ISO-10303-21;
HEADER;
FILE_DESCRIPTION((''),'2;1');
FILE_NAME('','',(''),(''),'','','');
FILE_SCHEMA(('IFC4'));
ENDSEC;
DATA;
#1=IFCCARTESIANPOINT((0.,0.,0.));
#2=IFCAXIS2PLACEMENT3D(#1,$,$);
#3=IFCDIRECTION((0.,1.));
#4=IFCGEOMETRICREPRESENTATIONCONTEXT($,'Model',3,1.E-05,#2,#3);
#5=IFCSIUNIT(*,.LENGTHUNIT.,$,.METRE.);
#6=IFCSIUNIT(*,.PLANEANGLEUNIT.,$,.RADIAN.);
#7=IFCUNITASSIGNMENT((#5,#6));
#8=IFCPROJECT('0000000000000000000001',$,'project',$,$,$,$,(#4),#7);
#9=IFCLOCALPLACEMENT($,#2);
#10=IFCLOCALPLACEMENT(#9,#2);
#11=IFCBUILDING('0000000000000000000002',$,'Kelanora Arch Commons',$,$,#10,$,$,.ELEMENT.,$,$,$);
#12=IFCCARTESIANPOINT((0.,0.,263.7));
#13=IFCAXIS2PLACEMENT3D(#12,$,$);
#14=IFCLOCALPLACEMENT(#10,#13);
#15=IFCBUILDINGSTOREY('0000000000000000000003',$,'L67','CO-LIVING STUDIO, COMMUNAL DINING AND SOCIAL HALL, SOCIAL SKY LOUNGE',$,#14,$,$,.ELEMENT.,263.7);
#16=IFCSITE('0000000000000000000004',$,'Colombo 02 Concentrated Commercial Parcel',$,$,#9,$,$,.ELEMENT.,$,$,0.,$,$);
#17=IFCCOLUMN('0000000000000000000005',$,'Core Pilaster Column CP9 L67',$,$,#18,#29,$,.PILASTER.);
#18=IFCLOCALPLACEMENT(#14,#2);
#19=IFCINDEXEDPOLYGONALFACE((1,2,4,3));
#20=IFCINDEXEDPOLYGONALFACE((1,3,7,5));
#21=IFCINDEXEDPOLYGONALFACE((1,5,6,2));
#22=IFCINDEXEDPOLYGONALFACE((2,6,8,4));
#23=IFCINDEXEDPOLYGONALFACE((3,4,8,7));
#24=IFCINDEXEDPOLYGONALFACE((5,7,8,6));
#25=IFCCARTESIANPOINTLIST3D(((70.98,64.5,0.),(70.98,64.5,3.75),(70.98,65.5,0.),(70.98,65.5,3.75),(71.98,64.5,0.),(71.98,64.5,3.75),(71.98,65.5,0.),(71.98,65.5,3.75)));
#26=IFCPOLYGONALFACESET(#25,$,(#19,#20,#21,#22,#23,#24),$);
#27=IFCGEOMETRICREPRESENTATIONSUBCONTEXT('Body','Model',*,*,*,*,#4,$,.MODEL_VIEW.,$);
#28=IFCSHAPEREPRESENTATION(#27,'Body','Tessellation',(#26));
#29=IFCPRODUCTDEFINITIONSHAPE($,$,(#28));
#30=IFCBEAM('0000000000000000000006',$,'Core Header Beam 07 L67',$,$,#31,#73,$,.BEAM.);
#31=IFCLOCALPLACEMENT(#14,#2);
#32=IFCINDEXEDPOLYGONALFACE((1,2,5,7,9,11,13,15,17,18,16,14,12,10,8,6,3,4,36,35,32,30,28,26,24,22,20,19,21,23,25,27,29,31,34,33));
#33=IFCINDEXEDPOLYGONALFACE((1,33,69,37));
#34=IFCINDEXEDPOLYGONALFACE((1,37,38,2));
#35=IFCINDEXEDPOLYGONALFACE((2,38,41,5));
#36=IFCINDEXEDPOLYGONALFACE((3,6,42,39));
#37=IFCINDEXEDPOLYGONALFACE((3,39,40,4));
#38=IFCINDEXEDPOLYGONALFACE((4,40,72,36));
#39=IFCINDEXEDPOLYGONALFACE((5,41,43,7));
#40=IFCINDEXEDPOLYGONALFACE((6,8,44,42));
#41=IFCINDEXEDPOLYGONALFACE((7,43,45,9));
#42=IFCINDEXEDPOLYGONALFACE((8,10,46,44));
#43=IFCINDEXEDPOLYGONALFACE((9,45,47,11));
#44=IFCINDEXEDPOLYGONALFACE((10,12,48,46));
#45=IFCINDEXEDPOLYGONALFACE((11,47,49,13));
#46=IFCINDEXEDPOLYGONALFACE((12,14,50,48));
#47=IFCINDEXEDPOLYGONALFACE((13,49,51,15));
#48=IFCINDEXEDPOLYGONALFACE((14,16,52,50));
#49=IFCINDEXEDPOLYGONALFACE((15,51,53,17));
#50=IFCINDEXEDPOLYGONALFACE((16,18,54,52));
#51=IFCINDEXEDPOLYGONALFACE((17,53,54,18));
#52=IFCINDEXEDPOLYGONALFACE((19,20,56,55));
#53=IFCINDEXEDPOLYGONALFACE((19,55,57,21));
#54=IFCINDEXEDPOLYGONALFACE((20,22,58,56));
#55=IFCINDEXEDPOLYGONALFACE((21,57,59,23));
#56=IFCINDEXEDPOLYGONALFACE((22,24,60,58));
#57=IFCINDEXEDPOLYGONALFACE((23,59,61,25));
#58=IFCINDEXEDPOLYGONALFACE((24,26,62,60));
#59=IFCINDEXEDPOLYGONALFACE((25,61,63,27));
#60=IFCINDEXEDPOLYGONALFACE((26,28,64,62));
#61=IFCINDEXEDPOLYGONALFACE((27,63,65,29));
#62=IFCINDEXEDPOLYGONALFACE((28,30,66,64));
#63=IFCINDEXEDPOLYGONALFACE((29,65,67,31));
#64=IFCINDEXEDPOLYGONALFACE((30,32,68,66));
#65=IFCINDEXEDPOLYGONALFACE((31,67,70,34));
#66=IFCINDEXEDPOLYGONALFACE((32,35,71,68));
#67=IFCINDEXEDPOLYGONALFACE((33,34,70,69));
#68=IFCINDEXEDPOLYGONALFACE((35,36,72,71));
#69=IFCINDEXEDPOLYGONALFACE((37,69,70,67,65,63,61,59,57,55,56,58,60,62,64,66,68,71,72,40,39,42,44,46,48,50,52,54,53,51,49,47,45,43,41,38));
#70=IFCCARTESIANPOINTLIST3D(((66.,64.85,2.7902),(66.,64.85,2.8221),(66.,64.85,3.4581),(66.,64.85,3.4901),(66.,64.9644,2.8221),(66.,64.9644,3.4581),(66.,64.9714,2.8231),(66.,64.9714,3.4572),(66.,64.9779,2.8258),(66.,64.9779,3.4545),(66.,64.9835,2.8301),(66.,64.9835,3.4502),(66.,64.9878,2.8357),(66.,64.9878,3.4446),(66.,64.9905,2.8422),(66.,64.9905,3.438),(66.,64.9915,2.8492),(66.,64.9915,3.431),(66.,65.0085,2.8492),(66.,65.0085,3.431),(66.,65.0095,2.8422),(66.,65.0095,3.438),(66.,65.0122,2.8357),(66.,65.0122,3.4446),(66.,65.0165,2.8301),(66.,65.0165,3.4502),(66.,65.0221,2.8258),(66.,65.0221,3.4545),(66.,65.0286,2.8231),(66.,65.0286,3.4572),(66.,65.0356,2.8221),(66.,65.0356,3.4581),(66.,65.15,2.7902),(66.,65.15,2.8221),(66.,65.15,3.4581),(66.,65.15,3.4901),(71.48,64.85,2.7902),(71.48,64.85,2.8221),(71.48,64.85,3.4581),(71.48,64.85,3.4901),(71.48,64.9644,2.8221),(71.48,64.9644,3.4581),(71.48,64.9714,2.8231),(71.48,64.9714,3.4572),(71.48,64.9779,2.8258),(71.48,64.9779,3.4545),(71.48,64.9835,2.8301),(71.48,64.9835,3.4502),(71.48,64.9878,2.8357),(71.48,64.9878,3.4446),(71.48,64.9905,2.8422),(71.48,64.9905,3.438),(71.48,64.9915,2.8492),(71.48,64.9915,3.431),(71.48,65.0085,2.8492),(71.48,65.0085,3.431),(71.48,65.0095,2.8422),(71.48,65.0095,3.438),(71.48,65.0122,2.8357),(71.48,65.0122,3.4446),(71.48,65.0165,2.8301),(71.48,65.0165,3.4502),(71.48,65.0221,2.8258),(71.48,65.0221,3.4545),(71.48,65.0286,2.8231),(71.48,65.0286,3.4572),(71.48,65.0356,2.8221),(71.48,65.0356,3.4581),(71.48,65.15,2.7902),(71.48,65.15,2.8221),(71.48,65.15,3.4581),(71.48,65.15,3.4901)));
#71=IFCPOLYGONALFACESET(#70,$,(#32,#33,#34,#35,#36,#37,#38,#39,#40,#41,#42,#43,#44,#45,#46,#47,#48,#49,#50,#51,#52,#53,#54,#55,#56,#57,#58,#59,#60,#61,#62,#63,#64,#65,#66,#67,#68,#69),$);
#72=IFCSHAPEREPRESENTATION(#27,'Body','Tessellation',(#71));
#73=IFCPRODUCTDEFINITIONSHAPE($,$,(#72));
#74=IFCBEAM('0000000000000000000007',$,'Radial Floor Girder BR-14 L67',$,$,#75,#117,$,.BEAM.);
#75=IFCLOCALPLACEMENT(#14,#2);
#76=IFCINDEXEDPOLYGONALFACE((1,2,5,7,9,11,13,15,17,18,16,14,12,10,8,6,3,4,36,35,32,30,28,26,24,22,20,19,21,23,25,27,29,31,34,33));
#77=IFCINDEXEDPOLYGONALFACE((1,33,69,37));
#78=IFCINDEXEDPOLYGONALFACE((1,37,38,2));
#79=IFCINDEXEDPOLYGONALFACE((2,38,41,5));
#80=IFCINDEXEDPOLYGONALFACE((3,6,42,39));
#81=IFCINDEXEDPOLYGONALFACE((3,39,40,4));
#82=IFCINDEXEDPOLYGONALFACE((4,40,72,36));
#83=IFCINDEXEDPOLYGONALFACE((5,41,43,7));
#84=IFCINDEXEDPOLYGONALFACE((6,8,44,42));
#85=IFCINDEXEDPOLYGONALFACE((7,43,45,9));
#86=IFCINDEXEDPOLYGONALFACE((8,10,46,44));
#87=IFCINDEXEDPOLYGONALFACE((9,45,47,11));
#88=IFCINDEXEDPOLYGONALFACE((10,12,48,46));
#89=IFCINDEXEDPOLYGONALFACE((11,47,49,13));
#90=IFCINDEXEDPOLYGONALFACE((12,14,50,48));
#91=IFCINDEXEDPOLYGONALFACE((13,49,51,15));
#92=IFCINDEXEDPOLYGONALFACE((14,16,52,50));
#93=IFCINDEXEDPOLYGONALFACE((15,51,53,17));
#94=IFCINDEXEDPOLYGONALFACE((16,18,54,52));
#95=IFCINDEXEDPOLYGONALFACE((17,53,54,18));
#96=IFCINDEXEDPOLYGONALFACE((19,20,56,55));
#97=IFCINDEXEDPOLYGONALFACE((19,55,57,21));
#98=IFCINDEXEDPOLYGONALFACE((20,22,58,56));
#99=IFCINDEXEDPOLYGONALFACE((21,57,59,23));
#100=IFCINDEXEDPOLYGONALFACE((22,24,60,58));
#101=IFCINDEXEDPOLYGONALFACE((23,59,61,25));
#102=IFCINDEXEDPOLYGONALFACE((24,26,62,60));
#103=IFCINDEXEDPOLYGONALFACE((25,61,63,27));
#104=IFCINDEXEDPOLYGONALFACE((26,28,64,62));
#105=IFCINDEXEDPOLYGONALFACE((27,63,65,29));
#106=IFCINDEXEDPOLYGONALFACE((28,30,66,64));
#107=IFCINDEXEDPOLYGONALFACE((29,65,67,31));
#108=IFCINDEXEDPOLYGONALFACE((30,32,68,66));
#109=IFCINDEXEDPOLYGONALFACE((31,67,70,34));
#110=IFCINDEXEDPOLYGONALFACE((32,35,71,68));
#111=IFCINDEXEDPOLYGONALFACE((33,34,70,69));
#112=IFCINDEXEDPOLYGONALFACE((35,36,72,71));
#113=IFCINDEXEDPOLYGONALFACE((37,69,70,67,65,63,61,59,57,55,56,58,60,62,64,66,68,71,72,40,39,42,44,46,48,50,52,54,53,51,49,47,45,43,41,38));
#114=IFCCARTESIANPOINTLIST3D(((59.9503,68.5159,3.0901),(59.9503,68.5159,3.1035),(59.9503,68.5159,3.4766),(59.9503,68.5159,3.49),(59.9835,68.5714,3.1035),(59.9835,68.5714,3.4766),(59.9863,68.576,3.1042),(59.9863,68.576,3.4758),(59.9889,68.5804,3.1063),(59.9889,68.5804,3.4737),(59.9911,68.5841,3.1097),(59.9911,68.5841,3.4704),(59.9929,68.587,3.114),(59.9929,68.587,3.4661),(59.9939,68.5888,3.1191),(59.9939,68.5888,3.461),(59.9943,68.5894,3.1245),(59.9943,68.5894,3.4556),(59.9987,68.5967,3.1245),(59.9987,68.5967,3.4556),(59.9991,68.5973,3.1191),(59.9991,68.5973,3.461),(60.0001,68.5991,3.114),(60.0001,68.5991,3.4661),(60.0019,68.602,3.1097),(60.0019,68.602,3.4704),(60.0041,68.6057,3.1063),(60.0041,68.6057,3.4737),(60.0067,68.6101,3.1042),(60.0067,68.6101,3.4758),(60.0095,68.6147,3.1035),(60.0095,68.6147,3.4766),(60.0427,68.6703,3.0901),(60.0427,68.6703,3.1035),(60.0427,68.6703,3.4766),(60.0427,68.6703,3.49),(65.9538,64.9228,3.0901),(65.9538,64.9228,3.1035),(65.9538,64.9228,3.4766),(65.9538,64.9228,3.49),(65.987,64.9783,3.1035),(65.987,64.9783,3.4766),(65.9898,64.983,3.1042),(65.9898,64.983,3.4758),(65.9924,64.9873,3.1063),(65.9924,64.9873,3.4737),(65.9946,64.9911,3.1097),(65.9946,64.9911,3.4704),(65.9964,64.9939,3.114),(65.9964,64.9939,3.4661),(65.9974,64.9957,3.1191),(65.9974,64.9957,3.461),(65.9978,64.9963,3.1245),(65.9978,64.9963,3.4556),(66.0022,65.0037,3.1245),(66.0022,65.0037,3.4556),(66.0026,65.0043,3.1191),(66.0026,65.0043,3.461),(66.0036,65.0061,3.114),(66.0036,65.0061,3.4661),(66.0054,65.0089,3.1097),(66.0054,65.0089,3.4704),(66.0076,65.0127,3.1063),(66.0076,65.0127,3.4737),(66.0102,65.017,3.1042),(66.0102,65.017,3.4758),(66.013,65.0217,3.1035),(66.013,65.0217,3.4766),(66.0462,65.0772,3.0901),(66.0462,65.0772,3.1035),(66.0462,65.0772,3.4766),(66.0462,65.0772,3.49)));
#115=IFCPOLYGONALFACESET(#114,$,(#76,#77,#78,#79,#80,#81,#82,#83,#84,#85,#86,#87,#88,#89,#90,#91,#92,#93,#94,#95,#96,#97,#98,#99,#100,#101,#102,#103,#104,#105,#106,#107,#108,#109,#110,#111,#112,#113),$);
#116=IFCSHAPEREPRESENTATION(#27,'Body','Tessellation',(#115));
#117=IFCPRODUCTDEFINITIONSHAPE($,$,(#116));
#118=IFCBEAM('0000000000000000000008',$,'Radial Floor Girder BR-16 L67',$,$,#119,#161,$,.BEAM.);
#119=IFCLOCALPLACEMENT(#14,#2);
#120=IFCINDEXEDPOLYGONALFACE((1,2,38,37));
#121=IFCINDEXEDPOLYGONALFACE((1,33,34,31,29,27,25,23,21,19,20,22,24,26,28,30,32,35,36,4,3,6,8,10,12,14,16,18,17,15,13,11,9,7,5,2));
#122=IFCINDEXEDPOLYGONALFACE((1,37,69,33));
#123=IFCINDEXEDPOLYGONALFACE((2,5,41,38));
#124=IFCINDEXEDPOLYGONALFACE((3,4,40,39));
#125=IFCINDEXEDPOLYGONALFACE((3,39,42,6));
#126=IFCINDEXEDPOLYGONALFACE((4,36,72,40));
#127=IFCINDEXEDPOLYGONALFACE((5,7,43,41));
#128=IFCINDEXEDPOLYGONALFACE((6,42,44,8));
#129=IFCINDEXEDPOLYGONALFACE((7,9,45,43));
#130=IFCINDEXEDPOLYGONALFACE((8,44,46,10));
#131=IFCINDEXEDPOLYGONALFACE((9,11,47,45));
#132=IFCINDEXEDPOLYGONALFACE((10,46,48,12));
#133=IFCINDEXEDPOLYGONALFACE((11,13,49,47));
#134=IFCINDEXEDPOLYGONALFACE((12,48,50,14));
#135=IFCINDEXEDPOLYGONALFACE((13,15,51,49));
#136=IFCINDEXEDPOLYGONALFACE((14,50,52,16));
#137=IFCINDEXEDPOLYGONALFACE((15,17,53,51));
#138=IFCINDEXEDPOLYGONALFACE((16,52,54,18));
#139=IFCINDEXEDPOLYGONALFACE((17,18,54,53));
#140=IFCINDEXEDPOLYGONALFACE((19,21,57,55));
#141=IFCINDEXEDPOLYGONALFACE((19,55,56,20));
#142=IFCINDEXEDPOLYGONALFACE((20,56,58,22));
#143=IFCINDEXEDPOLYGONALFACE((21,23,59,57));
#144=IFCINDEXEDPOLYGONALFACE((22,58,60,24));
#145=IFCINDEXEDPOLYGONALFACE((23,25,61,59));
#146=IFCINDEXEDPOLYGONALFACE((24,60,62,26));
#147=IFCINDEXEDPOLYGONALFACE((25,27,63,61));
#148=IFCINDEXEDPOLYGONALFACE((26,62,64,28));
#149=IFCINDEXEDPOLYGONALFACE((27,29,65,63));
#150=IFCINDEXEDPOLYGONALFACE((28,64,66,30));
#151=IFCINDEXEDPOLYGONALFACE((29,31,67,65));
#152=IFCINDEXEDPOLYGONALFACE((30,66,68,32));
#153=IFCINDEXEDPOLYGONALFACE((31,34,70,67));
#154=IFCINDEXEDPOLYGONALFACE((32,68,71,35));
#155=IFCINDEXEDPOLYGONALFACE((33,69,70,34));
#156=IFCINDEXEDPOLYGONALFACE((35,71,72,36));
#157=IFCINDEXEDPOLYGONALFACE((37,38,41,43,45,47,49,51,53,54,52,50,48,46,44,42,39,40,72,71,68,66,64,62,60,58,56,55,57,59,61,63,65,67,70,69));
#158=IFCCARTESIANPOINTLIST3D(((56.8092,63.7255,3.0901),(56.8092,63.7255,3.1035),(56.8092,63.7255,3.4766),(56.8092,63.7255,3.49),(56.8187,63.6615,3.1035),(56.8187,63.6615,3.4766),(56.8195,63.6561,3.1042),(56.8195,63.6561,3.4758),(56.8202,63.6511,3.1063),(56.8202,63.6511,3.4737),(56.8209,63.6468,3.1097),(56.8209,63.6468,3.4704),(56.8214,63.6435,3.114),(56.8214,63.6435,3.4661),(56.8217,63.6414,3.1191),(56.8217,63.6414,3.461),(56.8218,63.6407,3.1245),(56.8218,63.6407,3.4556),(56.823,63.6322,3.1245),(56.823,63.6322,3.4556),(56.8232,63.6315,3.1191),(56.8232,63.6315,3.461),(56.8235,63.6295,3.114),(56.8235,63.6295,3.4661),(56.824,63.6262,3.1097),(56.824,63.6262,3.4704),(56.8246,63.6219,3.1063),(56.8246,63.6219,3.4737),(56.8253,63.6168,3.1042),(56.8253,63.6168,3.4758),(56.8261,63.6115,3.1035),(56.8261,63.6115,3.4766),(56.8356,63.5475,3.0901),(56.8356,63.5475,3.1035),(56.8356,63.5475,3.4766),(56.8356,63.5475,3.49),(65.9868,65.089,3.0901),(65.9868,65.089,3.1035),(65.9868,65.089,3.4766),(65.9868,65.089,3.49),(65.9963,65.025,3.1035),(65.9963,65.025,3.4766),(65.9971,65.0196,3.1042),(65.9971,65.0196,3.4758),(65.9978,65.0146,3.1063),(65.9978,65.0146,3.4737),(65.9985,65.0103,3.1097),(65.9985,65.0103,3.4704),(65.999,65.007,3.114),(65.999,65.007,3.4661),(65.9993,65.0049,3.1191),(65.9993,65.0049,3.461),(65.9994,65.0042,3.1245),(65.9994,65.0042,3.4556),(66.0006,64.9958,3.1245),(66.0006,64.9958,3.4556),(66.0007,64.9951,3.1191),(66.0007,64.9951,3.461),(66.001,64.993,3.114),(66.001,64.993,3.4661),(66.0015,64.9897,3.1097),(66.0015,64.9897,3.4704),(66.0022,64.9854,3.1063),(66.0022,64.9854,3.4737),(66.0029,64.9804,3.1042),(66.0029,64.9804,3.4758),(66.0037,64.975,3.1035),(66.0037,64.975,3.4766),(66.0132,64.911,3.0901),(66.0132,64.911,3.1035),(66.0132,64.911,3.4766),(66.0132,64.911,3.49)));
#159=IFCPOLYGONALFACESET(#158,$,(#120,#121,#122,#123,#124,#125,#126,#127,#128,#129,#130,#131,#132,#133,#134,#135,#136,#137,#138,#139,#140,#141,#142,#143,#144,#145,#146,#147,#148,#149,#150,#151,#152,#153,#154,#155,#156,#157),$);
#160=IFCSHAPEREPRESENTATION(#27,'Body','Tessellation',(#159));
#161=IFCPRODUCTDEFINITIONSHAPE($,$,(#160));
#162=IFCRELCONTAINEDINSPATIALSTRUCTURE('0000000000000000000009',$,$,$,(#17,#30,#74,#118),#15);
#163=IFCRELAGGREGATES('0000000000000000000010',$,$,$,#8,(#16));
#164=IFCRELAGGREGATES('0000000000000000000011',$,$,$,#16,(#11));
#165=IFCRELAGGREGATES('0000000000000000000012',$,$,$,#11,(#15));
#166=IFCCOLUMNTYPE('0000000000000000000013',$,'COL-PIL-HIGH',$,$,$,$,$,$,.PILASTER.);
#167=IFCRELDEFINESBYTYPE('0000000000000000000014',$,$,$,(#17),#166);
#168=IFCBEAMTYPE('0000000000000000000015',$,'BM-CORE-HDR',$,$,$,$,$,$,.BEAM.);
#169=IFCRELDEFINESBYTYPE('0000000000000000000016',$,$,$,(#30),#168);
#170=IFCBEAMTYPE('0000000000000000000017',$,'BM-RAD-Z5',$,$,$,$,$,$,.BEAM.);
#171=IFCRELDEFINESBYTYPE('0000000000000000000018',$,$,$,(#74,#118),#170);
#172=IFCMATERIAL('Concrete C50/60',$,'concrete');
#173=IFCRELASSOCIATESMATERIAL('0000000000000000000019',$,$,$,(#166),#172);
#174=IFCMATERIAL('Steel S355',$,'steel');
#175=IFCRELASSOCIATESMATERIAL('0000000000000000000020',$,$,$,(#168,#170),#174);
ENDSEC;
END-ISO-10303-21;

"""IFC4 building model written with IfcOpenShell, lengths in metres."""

from ifc_helpers import new_model, si_unit, direction, frame, origin, origin_2d, place, context, subcontext, project, spatial, rectangle, i_section, extrude, material, material_profile, profile_set, type_object, element, save


model = new_model("IFC4")

# Units and contexts
model_context = context("Model", 3, precision=1e-05, world=origin(), true_north=direction((0.0, 1.0)))
body_context = subcontext(model_context, "Body", "Model", "MODEL_VIEW")
ifc_project = project(units=[si_unit("LENGTHUNIT", "METRE"), si_unit("PLANEANGLEUNIT", "RADIAN")], contexts=[model_context])

# Site, building, storey
site_placement = place(None, origin())
site = spatial("IfcSite", under=ifc_project, at=site_placement, Name="Colombo 02 Concentrated Commercial Parcel", CompositionType="ELEMENT", RefElevation=0.0)
building_placement = place(site_placement, origin())
building = spatial("IfcBuilding", under=site, at=building_placement, Name="Kelanora Arch Commons", CompositionType="ELEMENT")
storey_placement = place(building_placement, frame((0.0, 0.0, 263.7)))
storey = spatial("IfcBuildingStorey", under=building, at=storey_placement, Name="L67", Description="CO-LIVING STUDIO, COMMUNAL DINING AND SOCIAL HALL, SOCIAL SKY LOUNGE", CompositionType="ELEMENT", Elevation=263.7)

# Column
ifc_material_1 = material(Name="Concrete C50/60", Category="concrete")
ifc_material_profile_1 = material_profile(ifc_material_1, rectangle(XDim=1.0, YDim=1.0, at=origin_2d()), Name="RC1000x1000")
ifc_profile_set_1 = profile_set([ifc_material_profile_1], Name="Concrete C50/60")
column_type = type_object("IfcColumnType", Name="COL-PIL-HIGH", PredefinedType="PILASTER", material=ifc_profile_set_1)
column_placement = place(storey_placement, frame((71.48, 65.0, 0.0), z_axis=(0.0, 0.0, 1.0), x_axis=(1.0, 0.0, 0.0)))
element("IfcColumn", 1, at=column_placement, inside=storey, type_object=column_type, Name="Core Pilaster Column CP9 L67", PredefinedType="PILASTER", context=body_context, shape_type="SweptSolid", body=[
    extrude(rectangle(XDim=1.0, YDim=1.0, at=origin_2d()), origin(), (0.0, 0.0, 1.0), 3.75),
])

# Beams
ifc_material_2 = material(Name="Steel S355", Category="steel")
ifc_material_profile_2 = material_profile(ifc_material_2, i_section(OverallWidth=0.3, OverallDepth=0.7, WebThickness=0.0171, FlangeThickness=0.032, FilletRadius=0.0271, at=origin_2d()), Name="HEB700")
ifc_profile_set_2 = profile_set([ifc_material_profile_2], Name="Steel S355")
beam_type_1 = type_object("IfcBeamType", Name="BM-CORE-HDR", PredefinedType="BEAM", material=ifc_profile_set_2)
beam_1_placement = place(storey_placement, frame((71.48, 65.0, 3.1401), z_axis=(-1.0, 0.0, 0.0), x_axis=(0.0, -1.0, 0.0)))
element("IfcBeam", 2, at=beam_1_placement, inside=storey, type_object=beam_type_1, Name="Core Header Beam 07 L67", PredefinedType="BEAM", context=body_context, shape_type="SweptSolid", body=[
    extrude(i_section(OverallWidth=0.3, OverallDepth=0.7, WebThickness=0.0171, FlangeThickness=0.032, FilletRadius=0.0271, at=origin_2d()), origin(), (0.0, 0.0, 1.0), 5.48),
])
ifc_material_profile_3 = material_profile(ifc_material_2, i_section(OverallWidth=0.1799, OverallDepth=0.3999, WebThickness=0.0085, FlangeThickness=0.0134, FilletRadius=0.021, at=origin_2d()), Name="IPE400")
ifc_profile_set_3 = profile_set([ifc_material_profile_3], Name="Steel S355")
beam_type_2 = type_object("IfcBeamType", Name="BM-RAD-Z5", PredefinedType="BEAM", material=ifc_profile_set_3)
beam_2_placement = place(storey_placement, frame((66.0, 65.0, 3.29), z_axis=(-0.858062, 0.513546, 0.0), x_axis=(-0.513546, -0.858062, 0.0)))
element("IfcBeam", 3, at=beam_2_placement, inside=storey, type_object=beam_type_2, Name="Radial Floor Girder BR-14 L67", PredefinedType="BEAM", context=body_context, shape_type="SweptSolid", body=[
    extrude(i_section(OverallWidth=0.1799, OverallDepth=0.3999, WebThickness=0.0085, FlangeThickness=0.0134, FilletRadius=0.021, at=origin_2d()), origin(), (0.0, 0.0, 1.0), 6.9966),
])
beam_3_placement = place(storey_placement, frame((66.0, 65.0, 3.29), z_axis=(-0.989142, -0.14696, 0.0), x_axis=(0.14696, -0.989142, 0.0)))
element("IfcBeam", 4, at=beam_3_placement, inside=storey, type_object=beam_type_2, Name="Radial Floor Girder BR-16 L67", PredefinedType="BEAM", context=body_context, shape_type="SweptSolid", body=[
    extrude(i_section(OverallWidth=0.1799, OverallDepth=0.3999, WebThickness=0.0085, FlangeThickness=0.0134, FilletRadius=0.021, at=origin_2d()), origin(), (0.0, 0.0, 1.0), 9.2783),
])

save(model, "model.ifc")
